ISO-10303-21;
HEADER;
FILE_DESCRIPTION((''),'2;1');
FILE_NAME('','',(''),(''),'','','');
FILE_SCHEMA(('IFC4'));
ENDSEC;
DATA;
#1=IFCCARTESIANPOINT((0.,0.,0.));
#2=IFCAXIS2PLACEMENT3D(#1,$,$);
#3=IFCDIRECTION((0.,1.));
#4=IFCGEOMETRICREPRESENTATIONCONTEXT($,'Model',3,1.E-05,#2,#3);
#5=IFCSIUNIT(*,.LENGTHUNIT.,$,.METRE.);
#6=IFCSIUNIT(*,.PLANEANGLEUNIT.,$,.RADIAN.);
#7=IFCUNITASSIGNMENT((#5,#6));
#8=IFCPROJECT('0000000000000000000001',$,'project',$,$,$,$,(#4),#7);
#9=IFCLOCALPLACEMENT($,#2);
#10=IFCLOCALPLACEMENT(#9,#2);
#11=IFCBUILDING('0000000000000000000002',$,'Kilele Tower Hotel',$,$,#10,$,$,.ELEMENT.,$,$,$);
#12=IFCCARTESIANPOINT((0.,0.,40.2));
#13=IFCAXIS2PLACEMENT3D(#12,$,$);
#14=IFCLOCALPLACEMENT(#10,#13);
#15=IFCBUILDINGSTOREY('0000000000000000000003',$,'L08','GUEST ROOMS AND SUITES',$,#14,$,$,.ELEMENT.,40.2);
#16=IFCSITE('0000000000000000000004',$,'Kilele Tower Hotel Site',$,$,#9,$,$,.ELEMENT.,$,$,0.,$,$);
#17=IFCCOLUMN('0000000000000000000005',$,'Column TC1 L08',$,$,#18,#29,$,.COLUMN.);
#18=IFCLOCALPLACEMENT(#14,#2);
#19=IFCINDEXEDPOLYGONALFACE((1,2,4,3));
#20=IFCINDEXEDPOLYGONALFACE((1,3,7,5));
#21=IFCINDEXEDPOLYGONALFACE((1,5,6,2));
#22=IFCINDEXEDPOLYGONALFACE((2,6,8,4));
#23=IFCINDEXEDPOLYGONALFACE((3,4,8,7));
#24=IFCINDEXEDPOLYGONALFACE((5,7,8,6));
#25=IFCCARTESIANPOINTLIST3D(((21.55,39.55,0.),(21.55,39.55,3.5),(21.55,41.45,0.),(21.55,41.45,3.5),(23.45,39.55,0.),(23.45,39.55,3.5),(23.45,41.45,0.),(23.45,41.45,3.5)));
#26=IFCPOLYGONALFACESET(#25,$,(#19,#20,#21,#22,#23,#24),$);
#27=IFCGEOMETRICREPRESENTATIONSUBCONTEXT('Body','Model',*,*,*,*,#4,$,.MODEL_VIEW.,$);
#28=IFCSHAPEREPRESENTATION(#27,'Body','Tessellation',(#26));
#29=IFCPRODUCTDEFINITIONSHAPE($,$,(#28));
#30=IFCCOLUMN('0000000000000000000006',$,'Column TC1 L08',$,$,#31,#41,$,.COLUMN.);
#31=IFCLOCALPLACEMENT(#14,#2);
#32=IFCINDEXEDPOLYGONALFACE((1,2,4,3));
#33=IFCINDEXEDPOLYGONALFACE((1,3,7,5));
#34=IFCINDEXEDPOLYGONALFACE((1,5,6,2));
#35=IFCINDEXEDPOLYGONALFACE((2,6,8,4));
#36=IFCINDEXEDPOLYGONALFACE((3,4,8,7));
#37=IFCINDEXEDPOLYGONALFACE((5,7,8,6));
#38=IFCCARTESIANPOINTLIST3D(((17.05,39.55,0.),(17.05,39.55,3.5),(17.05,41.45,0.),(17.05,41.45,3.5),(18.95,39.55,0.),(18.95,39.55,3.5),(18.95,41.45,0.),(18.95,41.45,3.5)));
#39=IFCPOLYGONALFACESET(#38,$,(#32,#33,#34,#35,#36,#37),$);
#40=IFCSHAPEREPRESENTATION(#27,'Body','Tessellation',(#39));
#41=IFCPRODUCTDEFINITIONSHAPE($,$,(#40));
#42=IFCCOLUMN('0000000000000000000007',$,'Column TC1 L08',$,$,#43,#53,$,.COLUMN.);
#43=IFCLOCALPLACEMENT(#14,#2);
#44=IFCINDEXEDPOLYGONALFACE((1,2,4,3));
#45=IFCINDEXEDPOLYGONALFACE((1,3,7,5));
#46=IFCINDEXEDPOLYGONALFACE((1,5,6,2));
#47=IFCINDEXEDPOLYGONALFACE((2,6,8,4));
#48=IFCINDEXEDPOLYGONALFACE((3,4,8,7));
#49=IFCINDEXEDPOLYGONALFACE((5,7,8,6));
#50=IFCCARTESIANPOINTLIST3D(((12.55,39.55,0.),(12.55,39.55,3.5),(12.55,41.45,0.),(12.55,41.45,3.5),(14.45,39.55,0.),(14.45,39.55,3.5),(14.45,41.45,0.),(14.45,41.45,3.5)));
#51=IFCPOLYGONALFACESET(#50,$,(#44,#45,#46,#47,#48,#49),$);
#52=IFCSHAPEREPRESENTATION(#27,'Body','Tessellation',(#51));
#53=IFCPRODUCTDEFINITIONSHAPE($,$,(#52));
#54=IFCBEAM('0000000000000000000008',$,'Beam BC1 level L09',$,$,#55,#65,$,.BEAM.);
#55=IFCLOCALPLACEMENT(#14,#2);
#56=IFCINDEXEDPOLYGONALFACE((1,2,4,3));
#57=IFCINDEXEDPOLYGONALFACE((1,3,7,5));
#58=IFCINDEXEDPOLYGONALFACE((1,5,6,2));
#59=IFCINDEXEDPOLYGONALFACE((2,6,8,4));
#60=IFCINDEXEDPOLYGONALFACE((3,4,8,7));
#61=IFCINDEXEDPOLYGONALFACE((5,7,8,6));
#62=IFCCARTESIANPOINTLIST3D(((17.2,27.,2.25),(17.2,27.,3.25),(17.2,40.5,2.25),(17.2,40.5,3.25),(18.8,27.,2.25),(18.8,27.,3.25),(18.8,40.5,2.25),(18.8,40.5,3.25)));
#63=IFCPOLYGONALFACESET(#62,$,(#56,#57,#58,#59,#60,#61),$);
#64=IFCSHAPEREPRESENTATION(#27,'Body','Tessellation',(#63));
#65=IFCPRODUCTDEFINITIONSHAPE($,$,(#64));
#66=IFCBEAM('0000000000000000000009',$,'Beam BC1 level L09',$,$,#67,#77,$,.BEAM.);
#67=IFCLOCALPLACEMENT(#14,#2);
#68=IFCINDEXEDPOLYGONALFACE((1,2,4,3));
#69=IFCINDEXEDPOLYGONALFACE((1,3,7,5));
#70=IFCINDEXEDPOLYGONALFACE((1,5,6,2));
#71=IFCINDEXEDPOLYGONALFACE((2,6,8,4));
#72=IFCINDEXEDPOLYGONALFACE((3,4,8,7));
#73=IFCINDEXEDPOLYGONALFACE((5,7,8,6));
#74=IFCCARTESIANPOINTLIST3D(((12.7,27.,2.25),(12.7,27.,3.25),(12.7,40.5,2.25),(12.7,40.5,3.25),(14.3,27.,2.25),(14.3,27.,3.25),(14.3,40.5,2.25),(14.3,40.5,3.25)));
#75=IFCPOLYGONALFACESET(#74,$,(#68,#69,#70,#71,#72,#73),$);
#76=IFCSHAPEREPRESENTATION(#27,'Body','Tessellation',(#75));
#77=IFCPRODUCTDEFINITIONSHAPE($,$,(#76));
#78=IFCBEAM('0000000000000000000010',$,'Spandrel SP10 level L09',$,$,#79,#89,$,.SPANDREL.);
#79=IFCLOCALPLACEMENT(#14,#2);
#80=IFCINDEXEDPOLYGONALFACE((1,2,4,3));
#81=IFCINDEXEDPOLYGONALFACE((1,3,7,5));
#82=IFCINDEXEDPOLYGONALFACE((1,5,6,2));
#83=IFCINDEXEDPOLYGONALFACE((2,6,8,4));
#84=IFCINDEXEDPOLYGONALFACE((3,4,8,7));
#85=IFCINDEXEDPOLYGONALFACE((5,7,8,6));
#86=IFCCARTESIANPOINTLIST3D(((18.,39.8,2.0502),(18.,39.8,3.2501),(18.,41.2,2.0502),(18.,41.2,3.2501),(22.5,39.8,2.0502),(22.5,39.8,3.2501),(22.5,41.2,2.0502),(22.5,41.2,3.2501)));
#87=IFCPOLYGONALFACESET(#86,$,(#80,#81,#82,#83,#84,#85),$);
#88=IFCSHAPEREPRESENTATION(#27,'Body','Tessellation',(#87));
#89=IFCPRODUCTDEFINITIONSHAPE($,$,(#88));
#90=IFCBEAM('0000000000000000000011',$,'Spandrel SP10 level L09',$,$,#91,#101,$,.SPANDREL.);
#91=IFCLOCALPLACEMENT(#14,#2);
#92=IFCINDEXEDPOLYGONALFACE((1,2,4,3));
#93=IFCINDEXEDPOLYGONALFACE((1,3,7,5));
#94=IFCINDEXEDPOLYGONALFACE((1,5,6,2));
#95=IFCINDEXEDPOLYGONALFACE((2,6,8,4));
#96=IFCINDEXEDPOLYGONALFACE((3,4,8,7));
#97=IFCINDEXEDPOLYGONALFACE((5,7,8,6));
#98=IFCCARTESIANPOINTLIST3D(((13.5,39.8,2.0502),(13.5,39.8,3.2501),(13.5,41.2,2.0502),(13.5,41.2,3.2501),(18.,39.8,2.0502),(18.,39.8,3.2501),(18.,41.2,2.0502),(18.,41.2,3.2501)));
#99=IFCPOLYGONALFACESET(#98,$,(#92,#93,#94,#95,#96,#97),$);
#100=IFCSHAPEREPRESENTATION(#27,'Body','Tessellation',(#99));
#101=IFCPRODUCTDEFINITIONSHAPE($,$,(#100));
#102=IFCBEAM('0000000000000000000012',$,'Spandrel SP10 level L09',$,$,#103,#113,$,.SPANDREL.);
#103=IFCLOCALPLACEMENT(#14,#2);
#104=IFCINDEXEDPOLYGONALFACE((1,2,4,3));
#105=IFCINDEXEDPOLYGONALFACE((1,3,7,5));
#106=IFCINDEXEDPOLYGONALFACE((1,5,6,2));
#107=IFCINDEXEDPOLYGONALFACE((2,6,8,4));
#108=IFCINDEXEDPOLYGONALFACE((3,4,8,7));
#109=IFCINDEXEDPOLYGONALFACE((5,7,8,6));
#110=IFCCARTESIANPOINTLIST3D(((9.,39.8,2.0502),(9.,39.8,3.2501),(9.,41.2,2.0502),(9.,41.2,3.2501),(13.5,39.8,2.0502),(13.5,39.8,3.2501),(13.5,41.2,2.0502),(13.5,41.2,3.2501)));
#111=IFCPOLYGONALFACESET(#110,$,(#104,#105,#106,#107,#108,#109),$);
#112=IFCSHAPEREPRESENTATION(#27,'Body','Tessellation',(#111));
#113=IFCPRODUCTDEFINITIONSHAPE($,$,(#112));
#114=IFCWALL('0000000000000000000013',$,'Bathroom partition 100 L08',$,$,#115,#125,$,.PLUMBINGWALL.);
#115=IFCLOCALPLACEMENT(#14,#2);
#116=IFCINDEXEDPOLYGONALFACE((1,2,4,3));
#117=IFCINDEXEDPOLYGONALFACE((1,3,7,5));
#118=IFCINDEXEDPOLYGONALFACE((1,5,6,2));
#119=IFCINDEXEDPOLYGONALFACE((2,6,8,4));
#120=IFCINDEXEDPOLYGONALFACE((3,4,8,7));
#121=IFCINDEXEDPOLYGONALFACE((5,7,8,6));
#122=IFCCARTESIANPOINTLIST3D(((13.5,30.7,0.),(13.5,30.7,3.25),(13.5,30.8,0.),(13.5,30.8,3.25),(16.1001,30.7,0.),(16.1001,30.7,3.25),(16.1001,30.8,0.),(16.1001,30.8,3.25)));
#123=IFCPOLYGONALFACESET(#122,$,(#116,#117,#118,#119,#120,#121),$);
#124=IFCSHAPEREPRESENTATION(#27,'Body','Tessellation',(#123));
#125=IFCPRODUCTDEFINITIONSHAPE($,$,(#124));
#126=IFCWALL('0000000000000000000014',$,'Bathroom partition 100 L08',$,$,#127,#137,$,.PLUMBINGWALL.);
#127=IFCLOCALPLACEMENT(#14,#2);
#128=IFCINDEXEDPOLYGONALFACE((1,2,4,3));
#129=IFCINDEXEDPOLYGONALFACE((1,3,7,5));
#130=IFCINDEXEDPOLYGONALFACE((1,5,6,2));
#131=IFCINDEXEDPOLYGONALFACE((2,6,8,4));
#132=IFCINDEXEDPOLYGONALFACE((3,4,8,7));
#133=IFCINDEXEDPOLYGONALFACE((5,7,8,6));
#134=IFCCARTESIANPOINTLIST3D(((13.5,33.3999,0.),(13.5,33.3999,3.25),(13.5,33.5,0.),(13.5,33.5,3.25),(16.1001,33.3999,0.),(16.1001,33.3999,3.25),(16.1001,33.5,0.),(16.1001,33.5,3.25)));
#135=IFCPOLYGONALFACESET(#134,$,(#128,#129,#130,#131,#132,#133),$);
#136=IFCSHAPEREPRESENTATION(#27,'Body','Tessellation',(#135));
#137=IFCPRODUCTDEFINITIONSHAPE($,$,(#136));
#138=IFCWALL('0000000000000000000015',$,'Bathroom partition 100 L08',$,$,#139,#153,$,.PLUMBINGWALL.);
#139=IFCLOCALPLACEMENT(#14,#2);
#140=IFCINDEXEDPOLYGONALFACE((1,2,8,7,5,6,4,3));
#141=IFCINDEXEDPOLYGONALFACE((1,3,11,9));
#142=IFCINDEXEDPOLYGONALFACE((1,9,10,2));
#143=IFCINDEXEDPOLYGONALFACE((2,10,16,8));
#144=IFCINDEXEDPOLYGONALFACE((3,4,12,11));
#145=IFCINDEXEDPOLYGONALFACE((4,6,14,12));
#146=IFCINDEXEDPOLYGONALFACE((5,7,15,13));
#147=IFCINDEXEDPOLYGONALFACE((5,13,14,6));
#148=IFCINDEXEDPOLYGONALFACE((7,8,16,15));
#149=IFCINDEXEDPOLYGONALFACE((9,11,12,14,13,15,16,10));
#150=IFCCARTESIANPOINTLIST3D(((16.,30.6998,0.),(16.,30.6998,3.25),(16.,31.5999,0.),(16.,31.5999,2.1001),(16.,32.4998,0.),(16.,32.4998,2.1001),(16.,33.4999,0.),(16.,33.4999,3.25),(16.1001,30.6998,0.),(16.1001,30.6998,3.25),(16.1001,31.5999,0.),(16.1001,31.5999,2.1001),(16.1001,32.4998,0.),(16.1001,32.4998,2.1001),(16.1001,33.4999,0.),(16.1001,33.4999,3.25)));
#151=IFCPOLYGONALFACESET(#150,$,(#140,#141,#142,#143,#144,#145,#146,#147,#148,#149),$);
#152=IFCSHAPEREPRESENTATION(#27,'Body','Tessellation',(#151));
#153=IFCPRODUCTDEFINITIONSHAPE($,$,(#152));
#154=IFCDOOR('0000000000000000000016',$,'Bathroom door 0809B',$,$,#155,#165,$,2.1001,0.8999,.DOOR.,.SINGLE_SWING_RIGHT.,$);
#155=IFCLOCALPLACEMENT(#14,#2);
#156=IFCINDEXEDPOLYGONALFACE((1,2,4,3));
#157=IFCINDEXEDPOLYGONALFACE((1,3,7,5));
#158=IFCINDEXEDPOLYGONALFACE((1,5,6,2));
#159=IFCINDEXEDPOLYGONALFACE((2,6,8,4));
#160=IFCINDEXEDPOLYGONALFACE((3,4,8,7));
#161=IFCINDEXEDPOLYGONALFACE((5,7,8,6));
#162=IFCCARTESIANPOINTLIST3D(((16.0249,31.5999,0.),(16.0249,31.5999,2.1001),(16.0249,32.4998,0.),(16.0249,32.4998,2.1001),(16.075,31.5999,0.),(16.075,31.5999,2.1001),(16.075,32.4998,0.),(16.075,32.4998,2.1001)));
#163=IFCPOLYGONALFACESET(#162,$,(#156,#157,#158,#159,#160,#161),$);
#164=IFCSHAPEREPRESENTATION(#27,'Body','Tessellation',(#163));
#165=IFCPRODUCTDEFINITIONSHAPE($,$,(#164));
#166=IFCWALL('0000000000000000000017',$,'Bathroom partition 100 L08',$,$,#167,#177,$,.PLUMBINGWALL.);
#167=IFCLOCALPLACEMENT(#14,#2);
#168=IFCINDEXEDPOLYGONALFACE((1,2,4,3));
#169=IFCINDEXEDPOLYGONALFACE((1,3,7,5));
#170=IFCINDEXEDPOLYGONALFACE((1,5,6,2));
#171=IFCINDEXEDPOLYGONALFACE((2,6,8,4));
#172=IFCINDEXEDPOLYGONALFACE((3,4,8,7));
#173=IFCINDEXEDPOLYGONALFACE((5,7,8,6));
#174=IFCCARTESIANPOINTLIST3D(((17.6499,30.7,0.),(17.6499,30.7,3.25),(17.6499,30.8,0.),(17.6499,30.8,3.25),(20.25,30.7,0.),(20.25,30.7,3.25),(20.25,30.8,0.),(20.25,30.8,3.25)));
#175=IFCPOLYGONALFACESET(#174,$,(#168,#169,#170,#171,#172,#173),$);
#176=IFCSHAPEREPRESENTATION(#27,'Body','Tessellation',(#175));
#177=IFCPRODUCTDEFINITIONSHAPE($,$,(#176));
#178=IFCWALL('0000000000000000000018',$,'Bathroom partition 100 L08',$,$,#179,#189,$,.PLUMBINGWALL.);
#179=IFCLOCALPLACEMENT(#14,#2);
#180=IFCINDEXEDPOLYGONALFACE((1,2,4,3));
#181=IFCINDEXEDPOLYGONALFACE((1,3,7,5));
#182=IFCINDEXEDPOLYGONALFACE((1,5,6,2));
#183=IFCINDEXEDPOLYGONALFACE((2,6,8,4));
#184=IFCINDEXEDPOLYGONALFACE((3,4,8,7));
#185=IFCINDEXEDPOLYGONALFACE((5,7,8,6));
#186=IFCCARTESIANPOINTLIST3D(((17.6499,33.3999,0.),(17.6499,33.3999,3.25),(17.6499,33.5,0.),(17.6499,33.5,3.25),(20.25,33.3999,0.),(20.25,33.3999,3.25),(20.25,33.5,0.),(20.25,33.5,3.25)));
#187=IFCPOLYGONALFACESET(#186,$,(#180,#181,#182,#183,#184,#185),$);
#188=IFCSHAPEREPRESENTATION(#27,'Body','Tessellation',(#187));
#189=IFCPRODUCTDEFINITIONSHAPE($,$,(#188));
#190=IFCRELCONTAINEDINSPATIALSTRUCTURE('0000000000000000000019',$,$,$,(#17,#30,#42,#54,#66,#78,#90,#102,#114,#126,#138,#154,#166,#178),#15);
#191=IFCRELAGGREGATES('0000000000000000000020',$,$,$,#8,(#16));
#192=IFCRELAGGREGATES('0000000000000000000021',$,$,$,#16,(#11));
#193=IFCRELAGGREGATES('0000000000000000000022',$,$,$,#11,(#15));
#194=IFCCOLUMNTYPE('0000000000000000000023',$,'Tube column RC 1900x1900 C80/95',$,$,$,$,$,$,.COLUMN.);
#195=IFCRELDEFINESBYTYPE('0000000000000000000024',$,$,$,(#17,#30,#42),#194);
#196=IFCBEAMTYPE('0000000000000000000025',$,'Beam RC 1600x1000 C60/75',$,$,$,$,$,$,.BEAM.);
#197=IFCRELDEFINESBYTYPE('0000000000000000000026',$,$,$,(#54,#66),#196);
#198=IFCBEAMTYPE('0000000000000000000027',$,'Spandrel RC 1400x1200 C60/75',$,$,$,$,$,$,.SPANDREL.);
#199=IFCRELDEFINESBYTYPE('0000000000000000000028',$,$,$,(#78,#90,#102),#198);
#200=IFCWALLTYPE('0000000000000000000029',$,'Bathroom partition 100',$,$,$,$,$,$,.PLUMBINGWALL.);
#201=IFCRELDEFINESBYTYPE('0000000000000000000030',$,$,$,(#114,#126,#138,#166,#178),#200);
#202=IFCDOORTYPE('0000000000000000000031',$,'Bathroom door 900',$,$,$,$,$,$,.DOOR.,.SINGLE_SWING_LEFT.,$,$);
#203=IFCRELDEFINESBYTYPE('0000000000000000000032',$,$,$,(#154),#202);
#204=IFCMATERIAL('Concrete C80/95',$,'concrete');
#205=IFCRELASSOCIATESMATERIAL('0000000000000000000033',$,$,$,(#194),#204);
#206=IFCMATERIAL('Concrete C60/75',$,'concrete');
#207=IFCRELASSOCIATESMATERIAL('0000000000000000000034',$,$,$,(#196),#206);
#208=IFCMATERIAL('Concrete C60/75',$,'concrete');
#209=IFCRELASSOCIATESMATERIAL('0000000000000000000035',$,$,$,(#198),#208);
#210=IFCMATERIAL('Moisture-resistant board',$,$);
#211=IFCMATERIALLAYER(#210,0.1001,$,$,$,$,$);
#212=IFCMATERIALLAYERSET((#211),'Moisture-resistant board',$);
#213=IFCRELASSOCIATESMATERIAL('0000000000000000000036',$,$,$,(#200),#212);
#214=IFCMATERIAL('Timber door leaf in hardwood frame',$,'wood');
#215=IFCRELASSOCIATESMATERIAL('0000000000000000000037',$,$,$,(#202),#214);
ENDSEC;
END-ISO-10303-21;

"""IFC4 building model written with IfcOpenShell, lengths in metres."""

from ifc_helpers import new_model, si_unit, direction, frame, frame_2d, origin, origin_2d, place, context, subcontext, project, spatial, rectangle, extrude, material, layer, layer_set, material_profile, profile_set, type_object, element, fill, save


model = new_model("IFC4")

# Units and contexts
model_context = context("Model", 3, precision=1e-05, world=origin(), true_north=direction((0.0, 1.0)))
body_context = subcontext(model_context, "Body", "Model", "MODEL_VIEW")
ifc_project = project(units=[si_unit("LENGTHUNIT", "METRE"), si_unit("PLANEANGLEUNIT", "RADIAN")], contexts=[model_context])

# Site, building, storey
site_placement = place(None, origin())
site = spatial("IfcSite", under=ifc_project, at=site_placement, Name="Kilele Tower Hotel Site", CompositionType="ELEMENT", RefElevation=0.0)
building_placement = place(site_placement, origin())
building = spatial("IfcBuilding", under=site, at=building_placement, Name="Kilele Tower Hotel", CompositionType="ELEMENT")
storey_placement = place(building_placement, frame((0.0, 0.0, 40.2)))
storey = spatial("IfcBuildingStorey", under=building, at=storey_placement, Name="L08", Description="GUEST ROOMS AND SUITES", CompositionType="ELEMENT", Elevation=40.2)

# Columns
ifc_material_1 = material(Name="Concrete C80/95", Category="concrete")
ifc_material_profile_1 = material_profile(ifc_material_1, rectangle(XDim=1.8999, YDim=1.8999, at=origin_2d()))
ifc_profile_set_1 = profile_set([ifc_material_profile_1], Name="Concrete C80/95")
column_type = type_object("IfcColumnType", Name="Tube column RC 1900x1900 C80/95", PredefinedType="COLUMN", material=ifc_profile_set_1)
for number, where, z_axis, x_axis, name in (
    (1, (22.5, 40.5, 0.0), (0.0, 0.0, 1.0), (1.0, 0.0, 0.0), "Column TC1 L08"),
    (2, (18.0, 40.5, 0.0), (0.0, 0.0, 1.0), (1.0, 0.0, 0.0), "Column TC1 L08"),
    (3, (13.5, 40.5, 0.0), (0.0, 0.0, 1.0), (1.0, 0.0, 0.0), "Column TC1 L08"),
):
    element("IfcColumn", number, at=place(storey_placement, frame(where, z_axis=z_axis, x_axis=x_axis)), inside=storey, type_object=column_type, Name=name, PredefinedType="COLUMN", context=body_context, shape_type="SweptSolid", body=[
        extrude(rectangle(XDim=1.8999, YDim=1.8999, at=origin_2d()), origin(), (0.0, 0.0, 1.0), 3.5),
    ])

# Beams
ifc_material_2 = material(Name="Concrete C60/75", Category="concrete")
ifc_material_profile_2 = material_profile(ifc_material_2, rectangle(XDim=1.6001, YDim=1.0, at=origin_2d()))
ifc_profile_set_2 = profile_set([ifc_material_profile_2], Name="Concrete C60/75")
beam_type_1 = type_object("IfcBeamType", Name="Beam RC 1600x1000 C60/75", PredefinedType="BEAM", material=ifc_profile_set_2)
for number, where, z_axis, x_axis, name in (
    (4, (18.0, 40.5, 2.75), (0.0, -1.0, 0.0), (1.0, 0.0, 0.0), "Beam BC1 level L09"),
    (5, (13.5, 40.5, 2.75), (0.0, -1.0, 0.0), (1.0, 0.0, 0.0), "Beam BC1 level L09"),
):
    element("IfcBeam", number, at=place(storey_placement, frame(where, z_axis=z_axis, x_axis=x_axis)), inside=storey, type_object=beam_type_1, Name=name, PredefinedType="BEAM", context=body_context, shape_type="SweptSolid", body=[
        extrude(rectangle(XDim=1.6001, YDim=1.0, at=origin_2d()), origin(), (0.0, 0.0, 1.0), 13.5),
    ])
ifc_material_3 = material(Name="Concrete C60/75", Category="concrete")
ifc_material_profile_3 = material_profile(ifc_material_3, rectangle(XDim=1.3999, YDim=1.2, at=origin_2d()))
ifc_profile_set_3 = profile_set([ifc_material_profile_3], Name="Concrete C60/75")
beam_type_2 = type_object("IfcBeamType", Name="Spandrel RC 1400x1200 C60/75", PredefinedType="SPANDREL", material=ifc_profile_set_3)
for number, where, z_axis, x_axis, name in (
    (6, (22.5, 40.5, 2.6501), (-1.0, 0.0, 0.0), (0.0, -1.0, 0.0), "Spandrel SP10 level L09"),
    (7, (18.0, 40.5, 2.6501), (-1.0, 0.0, 0.0), (0.0, -1.0, 0.0), "Spandrel SP10 level L09"),
    (8, (13.5, 40.5, 2.6501), (-1.0, 0.0, 0.0), (0.0, -1.0, 0.0), "Spandrel SP10 level L09"),
):
    element("IfcBeam", number, at=place(storey_placement, frame(where, z_axis=z_axis, x_axis=x_axis)), inside=storey, type_object=beam_type_2, Name=name, PredefinedType="SPANDREL", context=body_context, shape_type="SweptSolid", body=[
        extrude(rectangle(XDim=1.3999, YDim=1.2, at=origin_2d()), origin(), (0.0, 0.0, 1.0), 4.5),
    ])

# Walls
ifc_material_4 = material(Name="Moisture-resistant board")
ifc_layer_1 = layer(ifc_material_4, 0.1001)
ifc_layer_set_1 = layer_set([ifc_layer_1], Name="Moisture-resistant board")
wall_type_1 = type_object("IfcWallType", Name="Bathroom partition 100", PredefinedType="PLUMBINGWALL", material=ifc_layer_set_1)
for number, where, z_axis, x_axis, name in (
    (9, (13.5, 30.75, 0.0), (0.0, 0.0, 1.0), (1.0, 0.0, 0.0), "Bathroom partition 100 L08"),
    (10, (13.5, 33.45, 0.0), (0.0, 0.0, 1.0), (1.0, 0.0, 0.0), "Bathroom partition 100 L08"),
):
    element("IfcWall", number, at=place(storey_placement, frame(where, z_axis=z_axis, x_axis=x_axis)), inside=storey, type_object=wall_type_1, Name=name, PredefinedType="PLUMBINGWALL", context=body_context, shape_type="SweptSolid", body=[
        extrude(rectangle(XDim=2.6001, YDim=0.1001, at=frame_2d((1.3, 0.0))), origin(), (0.0, 0.0, 1.0), 3.25),
    ])

# Wall, opening, door
wall_1_placement = place(storey_placement, frame((16.05, 30.7, 0.0), z_axis=(0.0, 0.0, 1.0), x_axis=(0.0, 1.0, 0.0)))
wall_1 = element("IfcWall", 11, at=wall_1_placement, inside=storey, type_object=wall_type_1, Name="Bathroom partition 100 L08", PredefinedType="PLUMBINGWALL", context=body_context, shape_type="SweptSolid", body=[
    extrude(rectangle(XDim=2.8, YDim=0.1001, at=frame_2d((1.3999, 0.0))), origin(), (0.0, 0.0, 1.0), 3.25),
])
opening_1_placement = place(wall_1_placement, frame((1.7998, 0.0, 0.0), z_axis=(0.0, 0.0, 1.0), x_axis=(-1.0, 0.0, 0.0)))
opening_1 = element("IfcOpeningElement", 12, at=opening_1_placement, cuts=wall_1, PredefinedType="OPENING", context=body_context, shape_type="SweptSolid", body=[
    extrude(rectangle(XDim=0.8999, YDim=2.1001, at=frame_2d((0.45, 1.05))), frame((0.0, 0.0601, 0.0), z_axis=(0.0, -1.0, 0.0), x_axis=(1.0, 0.0, 0.0)), (0.0, 0.0, 1.0), 0.1201),
])
ifc_material_5 = material(Name="Timber door leaf in hardwood frame", Category="wood")
door_type_1 = type_object("IfcDoorType", Name="Bathroom door 900", OperationType="SINGLE_SWING_LEFT", PredefinedType="DOOR", material=ifc_material_5)
door_1_placement = place(opening_1_placement, origin())
door_1 = element("IfcDoor", 13, at=door_1_placement, inside=storey, type_object=door_type_1, Name="Bathroom door 0809B", OperationType="SINGLE_SWING_RIGHT", OverallHeight=2.1001, OverallWidth=0.8999, PredefinedType="DOOR", context=body_context, shape_type="SweptSolid", body=[
    extrude(rectangle(XDim=0.8999, YDim=2.1001, at=frame_2d((0.45, 1.05))), frame((0.0, 0.0249, 0.0), z_axis=(0.0, -1.0, 0.0), x_axis=(1.0, 0.0, 0.0)), (0.0, 0.0, 1.0), 0.05),
])
fill(opening_1, door_1)

# Walls
for number, where, z_axis, x_axis, name in (
    (14, (17.6499, 30.75, 0.0), (0.0, 0.0, 1.0), (1.0, 0.0, 0.0), "Bathroom partition 100 L08"),
    (15, (17.6499, 33.45, 0.0), (0.0, 0.0, 1.0), (1.0, 0.0, 0.0), "Bathroom partition 100 L08"),
):
    element("IfcWall", number, at=place(storey_placement, frame(where, z_axis=z_axis, x_axis=x_axis)), inside=storey, type_object=wall_type_1, Name=name, PredefinedType="PLUMBINGWALL", context=body_context, shape_type="SweptSolid", body=[
        extrude(rectangle(XDim=2.6001, YDim=0.1001, at=frame_2d((1.3, 0.0))), origin(), (0.0, 0.0, 1.0), 3.25),
    ])

save(model, "model.ifc")
